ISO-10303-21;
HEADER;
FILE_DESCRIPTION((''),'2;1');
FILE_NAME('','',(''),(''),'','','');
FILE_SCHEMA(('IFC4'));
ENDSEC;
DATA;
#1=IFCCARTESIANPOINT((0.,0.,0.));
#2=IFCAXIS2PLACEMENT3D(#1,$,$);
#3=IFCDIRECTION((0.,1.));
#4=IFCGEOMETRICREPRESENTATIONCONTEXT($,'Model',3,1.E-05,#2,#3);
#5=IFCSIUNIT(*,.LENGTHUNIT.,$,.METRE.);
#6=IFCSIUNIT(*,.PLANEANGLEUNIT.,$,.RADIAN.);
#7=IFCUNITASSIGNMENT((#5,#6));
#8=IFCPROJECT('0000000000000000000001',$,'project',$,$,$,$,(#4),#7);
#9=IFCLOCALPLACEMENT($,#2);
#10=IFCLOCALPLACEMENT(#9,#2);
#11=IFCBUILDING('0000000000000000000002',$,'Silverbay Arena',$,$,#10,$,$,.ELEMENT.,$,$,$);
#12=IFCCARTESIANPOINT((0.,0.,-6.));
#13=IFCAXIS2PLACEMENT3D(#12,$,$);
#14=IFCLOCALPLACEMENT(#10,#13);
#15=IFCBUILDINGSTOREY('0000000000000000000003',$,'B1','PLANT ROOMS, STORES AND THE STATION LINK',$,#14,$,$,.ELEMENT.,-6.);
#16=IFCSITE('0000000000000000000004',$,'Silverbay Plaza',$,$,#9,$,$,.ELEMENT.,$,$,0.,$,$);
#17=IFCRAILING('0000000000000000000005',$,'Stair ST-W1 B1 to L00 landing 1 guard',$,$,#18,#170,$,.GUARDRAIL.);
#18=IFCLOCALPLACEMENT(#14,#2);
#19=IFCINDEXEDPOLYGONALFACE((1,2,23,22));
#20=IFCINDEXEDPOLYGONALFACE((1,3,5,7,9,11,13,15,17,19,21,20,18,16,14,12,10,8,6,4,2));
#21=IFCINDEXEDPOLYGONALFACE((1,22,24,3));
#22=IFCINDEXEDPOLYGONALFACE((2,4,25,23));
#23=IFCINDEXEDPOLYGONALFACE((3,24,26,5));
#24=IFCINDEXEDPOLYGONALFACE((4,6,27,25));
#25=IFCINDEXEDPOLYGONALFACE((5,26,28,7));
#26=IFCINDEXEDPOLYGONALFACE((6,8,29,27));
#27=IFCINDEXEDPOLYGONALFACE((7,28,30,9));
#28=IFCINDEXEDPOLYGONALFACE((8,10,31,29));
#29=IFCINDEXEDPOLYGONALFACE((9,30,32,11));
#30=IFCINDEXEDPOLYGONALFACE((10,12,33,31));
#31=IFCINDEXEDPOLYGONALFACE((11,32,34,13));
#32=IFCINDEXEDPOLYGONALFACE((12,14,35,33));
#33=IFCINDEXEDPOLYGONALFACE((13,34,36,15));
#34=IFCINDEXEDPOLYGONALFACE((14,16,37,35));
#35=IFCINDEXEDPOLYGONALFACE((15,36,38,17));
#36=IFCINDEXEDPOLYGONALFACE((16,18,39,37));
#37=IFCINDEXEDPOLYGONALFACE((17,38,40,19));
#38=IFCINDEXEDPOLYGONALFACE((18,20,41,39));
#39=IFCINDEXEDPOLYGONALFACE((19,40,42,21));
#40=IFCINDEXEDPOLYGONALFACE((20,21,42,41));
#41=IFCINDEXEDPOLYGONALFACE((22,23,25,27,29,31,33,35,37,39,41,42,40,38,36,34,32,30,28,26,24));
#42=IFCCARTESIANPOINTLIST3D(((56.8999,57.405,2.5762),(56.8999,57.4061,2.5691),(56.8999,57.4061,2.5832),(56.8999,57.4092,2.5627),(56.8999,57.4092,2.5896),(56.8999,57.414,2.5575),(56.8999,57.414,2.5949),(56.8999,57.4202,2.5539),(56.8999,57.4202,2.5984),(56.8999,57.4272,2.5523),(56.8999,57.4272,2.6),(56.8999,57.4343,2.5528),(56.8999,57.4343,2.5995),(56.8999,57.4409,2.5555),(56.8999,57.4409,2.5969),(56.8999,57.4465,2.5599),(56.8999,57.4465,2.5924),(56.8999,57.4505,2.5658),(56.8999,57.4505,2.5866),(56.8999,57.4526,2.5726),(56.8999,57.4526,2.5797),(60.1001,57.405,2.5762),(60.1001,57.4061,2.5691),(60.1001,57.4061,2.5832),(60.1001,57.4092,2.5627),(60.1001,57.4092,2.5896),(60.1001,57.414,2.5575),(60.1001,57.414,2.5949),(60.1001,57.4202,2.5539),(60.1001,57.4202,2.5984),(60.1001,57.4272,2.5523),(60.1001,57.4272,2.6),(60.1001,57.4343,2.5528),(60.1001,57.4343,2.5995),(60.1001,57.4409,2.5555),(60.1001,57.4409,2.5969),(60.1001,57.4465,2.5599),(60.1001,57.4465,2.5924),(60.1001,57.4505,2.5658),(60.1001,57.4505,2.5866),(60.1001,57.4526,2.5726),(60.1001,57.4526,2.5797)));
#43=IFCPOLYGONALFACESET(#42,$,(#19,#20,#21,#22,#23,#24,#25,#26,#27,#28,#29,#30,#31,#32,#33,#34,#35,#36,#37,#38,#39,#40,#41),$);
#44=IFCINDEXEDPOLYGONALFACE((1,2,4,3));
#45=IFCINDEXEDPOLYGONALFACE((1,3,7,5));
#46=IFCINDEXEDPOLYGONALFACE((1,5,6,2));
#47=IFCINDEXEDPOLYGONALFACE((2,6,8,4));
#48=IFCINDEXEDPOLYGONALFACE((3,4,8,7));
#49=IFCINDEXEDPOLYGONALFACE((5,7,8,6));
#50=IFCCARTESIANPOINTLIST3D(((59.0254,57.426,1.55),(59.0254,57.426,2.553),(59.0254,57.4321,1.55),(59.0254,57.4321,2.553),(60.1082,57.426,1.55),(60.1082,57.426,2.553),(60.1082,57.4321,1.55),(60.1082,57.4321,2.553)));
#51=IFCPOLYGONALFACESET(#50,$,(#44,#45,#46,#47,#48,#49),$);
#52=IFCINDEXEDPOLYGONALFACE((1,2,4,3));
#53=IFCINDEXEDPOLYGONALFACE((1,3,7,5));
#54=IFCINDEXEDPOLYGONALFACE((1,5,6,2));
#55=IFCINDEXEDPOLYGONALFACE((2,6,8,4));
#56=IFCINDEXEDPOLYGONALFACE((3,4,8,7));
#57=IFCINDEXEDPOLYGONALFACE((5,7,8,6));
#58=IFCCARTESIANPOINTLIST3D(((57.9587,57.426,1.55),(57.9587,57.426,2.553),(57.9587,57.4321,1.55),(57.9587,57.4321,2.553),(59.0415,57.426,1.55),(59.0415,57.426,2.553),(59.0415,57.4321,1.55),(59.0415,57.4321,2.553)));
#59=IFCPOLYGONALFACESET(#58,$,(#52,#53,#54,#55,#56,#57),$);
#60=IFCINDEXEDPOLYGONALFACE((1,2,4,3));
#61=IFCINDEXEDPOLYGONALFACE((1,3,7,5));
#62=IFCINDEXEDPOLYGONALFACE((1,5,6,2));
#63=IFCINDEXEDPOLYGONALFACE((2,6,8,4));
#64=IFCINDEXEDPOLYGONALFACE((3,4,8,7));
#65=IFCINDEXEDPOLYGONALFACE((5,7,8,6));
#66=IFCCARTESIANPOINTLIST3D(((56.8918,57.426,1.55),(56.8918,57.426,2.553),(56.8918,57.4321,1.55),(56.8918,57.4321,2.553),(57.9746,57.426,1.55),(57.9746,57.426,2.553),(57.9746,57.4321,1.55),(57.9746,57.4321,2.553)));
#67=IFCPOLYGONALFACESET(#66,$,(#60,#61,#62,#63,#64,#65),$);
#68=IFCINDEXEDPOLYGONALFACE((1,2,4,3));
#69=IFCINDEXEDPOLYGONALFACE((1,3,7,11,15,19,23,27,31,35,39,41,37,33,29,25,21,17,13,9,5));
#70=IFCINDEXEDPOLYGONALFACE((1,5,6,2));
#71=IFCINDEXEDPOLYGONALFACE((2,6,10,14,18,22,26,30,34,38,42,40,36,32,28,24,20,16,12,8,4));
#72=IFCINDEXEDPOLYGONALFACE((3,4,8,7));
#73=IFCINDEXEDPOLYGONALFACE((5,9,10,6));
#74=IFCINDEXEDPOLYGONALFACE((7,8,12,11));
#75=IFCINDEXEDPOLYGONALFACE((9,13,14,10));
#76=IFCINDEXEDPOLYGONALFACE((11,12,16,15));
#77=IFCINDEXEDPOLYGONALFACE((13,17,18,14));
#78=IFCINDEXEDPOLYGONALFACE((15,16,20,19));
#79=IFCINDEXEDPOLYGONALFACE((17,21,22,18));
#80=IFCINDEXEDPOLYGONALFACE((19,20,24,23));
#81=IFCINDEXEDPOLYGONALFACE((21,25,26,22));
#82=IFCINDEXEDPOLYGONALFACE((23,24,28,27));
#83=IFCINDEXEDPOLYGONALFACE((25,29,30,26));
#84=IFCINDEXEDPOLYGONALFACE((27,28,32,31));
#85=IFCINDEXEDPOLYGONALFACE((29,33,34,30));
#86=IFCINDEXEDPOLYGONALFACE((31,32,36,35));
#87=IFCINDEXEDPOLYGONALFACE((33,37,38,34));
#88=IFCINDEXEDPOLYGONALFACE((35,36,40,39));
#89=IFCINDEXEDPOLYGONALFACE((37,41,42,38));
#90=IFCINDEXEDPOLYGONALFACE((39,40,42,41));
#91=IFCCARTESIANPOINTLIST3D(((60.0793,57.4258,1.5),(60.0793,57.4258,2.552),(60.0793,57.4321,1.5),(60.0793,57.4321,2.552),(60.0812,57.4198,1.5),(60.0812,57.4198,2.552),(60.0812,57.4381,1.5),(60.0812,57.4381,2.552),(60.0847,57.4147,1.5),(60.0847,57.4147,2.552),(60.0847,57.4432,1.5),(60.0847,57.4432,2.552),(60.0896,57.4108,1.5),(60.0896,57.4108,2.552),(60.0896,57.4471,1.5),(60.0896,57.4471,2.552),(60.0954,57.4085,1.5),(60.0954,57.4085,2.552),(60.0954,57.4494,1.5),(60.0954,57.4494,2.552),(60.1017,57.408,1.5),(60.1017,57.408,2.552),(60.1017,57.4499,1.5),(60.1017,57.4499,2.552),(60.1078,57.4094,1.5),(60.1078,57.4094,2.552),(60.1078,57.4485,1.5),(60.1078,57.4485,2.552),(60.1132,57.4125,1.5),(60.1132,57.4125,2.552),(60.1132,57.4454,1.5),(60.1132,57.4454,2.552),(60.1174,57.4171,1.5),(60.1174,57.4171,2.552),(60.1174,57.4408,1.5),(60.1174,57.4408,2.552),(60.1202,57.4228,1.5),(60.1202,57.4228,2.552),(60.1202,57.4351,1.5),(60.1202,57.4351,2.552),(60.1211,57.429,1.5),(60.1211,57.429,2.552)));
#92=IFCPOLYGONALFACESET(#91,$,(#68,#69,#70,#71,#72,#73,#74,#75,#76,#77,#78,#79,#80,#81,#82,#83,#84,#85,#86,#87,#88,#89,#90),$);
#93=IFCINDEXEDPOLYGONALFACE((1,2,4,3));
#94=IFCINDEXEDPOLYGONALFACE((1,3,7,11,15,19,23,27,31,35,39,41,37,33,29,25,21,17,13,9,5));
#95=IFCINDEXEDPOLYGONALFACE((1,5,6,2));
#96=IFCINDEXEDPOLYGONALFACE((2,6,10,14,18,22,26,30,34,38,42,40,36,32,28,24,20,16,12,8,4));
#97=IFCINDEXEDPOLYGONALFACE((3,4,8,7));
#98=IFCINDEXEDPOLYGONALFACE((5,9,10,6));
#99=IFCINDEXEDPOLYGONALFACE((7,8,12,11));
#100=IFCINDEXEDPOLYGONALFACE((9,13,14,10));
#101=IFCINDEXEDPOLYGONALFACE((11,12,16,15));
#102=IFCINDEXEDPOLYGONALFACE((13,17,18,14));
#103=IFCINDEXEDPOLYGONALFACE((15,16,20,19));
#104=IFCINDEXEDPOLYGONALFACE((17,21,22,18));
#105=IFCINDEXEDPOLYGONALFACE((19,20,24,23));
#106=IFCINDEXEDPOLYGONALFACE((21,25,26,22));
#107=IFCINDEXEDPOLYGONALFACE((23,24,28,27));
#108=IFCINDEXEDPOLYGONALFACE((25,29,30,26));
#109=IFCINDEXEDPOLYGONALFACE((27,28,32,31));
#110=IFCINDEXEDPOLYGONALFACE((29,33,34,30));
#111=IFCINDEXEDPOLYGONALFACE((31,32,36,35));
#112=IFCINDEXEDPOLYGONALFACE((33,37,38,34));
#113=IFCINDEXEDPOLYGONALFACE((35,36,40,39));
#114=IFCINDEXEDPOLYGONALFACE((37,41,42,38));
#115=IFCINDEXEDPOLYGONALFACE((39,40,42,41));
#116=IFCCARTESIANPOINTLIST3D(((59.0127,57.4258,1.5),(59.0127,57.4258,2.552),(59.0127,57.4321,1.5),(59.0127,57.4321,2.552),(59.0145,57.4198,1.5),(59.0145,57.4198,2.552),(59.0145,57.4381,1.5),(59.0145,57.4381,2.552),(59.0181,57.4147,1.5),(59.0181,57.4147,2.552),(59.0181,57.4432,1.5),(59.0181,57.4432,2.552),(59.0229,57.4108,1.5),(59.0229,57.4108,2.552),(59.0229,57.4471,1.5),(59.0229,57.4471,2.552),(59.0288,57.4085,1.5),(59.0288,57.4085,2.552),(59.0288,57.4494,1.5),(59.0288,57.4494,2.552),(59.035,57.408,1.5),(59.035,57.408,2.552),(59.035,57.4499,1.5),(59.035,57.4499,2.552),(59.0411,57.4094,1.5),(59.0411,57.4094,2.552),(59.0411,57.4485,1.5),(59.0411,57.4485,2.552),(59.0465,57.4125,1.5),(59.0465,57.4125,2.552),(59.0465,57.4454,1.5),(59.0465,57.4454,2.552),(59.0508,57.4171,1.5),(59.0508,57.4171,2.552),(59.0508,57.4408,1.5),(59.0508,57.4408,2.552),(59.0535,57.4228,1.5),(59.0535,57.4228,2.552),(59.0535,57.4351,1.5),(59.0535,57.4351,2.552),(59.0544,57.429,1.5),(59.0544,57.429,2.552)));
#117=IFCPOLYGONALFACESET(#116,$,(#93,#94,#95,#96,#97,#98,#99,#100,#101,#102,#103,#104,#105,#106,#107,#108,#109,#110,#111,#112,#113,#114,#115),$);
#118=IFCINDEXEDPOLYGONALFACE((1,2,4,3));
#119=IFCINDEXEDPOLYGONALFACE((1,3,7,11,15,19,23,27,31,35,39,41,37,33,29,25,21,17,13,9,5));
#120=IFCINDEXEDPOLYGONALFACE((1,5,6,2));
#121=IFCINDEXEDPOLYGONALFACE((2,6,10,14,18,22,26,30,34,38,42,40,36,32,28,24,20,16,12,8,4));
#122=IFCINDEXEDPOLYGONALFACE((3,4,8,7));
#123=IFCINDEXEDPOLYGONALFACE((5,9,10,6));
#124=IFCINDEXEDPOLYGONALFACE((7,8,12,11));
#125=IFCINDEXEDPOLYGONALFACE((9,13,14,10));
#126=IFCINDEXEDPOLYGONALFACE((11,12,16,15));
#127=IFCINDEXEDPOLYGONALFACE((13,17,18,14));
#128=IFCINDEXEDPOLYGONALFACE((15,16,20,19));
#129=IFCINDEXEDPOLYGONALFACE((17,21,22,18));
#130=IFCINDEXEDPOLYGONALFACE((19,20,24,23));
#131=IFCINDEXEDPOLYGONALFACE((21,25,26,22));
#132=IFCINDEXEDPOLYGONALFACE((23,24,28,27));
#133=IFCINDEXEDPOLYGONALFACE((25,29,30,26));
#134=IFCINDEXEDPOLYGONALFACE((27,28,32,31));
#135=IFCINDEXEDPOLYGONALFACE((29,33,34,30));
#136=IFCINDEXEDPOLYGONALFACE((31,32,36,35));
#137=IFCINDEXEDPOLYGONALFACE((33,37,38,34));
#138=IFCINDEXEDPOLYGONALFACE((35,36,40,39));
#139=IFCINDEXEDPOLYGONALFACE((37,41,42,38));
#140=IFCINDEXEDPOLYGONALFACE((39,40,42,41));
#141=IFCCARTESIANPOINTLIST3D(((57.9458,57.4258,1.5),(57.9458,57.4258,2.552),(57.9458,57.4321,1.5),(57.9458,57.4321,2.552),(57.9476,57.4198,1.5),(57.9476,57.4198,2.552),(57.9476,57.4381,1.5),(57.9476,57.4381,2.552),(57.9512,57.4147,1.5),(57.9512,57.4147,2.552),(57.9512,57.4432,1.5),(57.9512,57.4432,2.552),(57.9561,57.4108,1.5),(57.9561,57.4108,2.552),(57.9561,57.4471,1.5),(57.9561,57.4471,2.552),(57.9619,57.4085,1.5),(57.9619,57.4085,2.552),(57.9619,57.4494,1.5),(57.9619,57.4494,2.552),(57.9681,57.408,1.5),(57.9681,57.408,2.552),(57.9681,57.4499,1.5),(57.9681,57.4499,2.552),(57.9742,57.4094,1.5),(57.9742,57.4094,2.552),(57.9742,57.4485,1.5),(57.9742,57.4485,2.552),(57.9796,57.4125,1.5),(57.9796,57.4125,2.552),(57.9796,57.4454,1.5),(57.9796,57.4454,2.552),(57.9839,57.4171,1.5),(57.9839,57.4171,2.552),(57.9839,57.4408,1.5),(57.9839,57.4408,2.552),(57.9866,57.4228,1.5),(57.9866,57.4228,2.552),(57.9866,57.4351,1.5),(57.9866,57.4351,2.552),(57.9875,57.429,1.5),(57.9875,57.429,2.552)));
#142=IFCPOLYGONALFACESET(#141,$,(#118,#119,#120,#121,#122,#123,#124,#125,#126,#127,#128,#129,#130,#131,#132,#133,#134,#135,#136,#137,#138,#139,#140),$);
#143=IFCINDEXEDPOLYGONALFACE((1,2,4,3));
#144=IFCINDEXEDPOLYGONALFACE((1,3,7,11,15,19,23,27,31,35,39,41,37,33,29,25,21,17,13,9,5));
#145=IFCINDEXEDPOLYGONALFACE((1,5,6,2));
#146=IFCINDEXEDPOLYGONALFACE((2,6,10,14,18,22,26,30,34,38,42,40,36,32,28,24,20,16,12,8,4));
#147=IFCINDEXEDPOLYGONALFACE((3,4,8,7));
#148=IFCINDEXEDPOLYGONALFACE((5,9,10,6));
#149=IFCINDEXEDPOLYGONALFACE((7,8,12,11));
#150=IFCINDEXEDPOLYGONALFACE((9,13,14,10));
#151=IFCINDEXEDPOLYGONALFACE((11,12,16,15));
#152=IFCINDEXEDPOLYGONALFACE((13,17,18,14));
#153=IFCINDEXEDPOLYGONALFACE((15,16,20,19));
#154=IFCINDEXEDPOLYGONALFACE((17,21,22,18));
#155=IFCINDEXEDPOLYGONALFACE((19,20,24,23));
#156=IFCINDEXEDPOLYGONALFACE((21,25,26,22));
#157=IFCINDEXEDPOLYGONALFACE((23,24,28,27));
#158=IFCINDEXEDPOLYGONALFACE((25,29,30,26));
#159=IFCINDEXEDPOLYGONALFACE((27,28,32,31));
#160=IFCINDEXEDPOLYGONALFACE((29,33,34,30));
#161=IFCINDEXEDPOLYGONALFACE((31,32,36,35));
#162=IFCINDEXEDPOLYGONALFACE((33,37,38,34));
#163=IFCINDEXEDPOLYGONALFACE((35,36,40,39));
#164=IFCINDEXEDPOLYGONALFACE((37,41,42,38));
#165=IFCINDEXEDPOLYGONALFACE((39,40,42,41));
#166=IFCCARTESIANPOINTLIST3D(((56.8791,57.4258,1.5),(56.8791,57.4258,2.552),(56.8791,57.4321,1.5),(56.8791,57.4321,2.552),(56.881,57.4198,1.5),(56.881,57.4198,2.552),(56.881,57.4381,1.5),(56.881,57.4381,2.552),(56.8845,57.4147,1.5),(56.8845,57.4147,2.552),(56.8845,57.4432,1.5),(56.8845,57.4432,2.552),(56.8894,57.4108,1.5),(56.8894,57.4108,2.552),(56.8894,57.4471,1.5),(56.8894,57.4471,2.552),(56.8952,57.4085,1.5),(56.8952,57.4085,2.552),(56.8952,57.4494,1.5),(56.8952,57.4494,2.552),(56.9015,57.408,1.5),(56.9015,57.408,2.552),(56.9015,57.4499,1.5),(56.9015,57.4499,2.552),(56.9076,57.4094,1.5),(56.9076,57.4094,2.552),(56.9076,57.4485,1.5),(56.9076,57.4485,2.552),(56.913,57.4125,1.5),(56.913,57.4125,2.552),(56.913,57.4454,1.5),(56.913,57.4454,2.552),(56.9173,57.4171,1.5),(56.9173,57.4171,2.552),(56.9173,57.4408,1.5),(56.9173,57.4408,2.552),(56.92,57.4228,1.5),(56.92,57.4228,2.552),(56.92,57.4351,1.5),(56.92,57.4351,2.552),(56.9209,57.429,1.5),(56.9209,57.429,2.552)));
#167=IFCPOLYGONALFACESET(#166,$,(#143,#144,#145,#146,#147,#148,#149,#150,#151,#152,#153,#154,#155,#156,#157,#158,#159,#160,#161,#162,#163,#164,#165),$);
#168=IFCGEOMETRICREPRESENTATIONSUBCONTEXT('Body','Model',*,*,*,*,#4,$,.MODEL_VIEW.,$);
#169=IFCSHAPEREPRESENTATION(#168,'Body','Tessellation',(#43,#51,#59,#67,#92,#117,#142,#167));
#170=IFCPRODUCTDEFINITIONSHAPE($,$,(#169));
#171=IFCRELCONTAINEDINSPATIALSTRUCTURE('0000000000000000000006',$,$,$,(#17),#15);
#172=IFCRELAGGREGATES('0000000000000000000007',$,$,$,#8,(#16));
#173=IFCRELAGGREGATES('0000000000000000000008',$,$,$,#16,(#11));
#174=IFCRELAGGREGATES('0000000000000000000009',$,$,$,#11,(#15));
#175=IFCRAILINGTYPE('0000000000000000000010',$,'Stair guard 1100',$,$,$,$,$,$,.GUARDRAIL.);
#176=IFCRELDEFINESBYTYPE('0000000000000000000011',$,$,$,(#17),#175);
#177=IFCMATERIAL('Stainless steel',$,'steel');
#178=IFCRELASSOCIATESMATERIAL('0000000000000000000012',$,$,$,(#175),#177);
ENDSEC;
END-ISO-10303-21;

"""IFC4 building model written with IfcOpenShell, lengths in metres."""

from ifc_helpers import new_model, si_unit, direction, frame, origin, origin_2d, place, context, subcontext, project, spatial, polyline, circle, outline, extrude, material, type_object, element, save


model = new_model("IFC4")

# Units and contexts
model_context = context("Model", 3, precision=1e-05, world=origin(), true_north=direction((0.0, 1.0)))
body_context = subcontext(model_context, "Body", "Model", "MODEL_VIEW")
ifc_project = project(units=[si_unit("LENGTHUNIT", "METRE"), si_unit("PLANEANGLEUNIT", "RADIAN")], contexts=[model_context])

# Site, building, storey
site_placement = place(None, origin())
site = spatial("IfcSite", under=ifc_project, at=site_placement, Name="Silverbay Plaza", CompositionType="ELEMENT", RefElevation=0.0)
building_placement = place(site_placement, origin())
building = spatial("IfcBuilding", under=site, at=building_placement, Name="Silverbay Arena", CompositionType="ELEMENT")
storey_placement = place(building_placement, frame((0.0, 0.0, -6.0)))
storey = spatial("IfcBuildingStorey", under=building, at=storey_placement, Name="B1", Description="PLANT ROOMS, STORES AND THE STATION LINK", CompositionType="ELEMENT", Elevation=-6.0)

# Railing
ifc_material_1 = material(Name="Stainless steel", Category="steel")
railing_type_1 = type_object("IfcRailingType", Name="Stair guard 1100", PredefinedType="GUARDRAIL", material=ifc_material_1)
for number, where, name in (
    (1, (60.1001, 57.429, 1.5), "Stair ST-W1 B1 to L00 landing 1 guard"),
):
    element("IfcRailing", number, at=place(storey_placement, frame(where)), inside=storey, type_object=railing_type_1, Name=name, PredefinedType="GUARDRAIL", context=body_context, shape_type="SweptSolid", body=[
        extrude(circle(Radius=0.0239, at=origin_2d()), frame((0.0, 0.0, 1.0762), z_axis=(-1.0, 0.0, 0.0), x_axis=(0.0, -1.0, 0.0)), (0.0, 0.0, 1.0), 3.2002),
        extrude(outline(polyline([(-0.0081, 0.05), (1.0747, 0.05), (1.0747, 1.053), (-0.0081, 1.053), (-0.0081, 0.05)])), frame((0.0, -0.0029, 0.0), z_axis=(0.0, 1.0, 0.0), x_axis=(-1.0, 0.0, 0.0)), (0.0, 0.0, 1.0), 0.0061),
        extrude(outline(polyline([(-0.0081, 0.05), (1.0747, 0.05), (1.0747, 1.053), (-0.0081, 1.053), (-0.0081, 0.05)])), frame((-1.0667, -0.0029, 0.0), z_axis=(0.0, 1.0, 0.0), x_axis=(-1.0, 0.0, 0.0)), (0.0, 0.0, 1.0), 0.0061),
        extrude(outline(polyline([(-0.0081, 0.05), (1.0747, 0.05), (1.0747, 1.053), (-0.0081, 1.053), (-0.0081, 0.05)])), frame((-2.1335, -0.0029, 0.0), z_axis=(0.0, 1.0, 0.0), x_axis=(-1.0, 0.0, 0.0)), (0.0, 0.0, 1.0), 0.0061),
        extrude(circle(Radius=0.021, at=origin_2d()), origin(), (0.0, 0.0, 1.0), 1.052),
        extrude(circle(Radius=0.021, at=origin_2d()), frame((-1.0667, 0.0, 0.0)), (0.0, 0.0, 1.0), 1.052),
        extrude(circle(Radius=0.021, at=origin_2d()), frame((-2.1335, 0.0, 0.0)), (0.0, 0.0, 1.0), 1.052),
        extrude(circle(Radius=0.021, at=origin_2d()), frame((-3.2002, 0.0, 0.0)), (0.0, 0.0, 1.0), 1.052),
    ])

save(model, "model.ifc")
